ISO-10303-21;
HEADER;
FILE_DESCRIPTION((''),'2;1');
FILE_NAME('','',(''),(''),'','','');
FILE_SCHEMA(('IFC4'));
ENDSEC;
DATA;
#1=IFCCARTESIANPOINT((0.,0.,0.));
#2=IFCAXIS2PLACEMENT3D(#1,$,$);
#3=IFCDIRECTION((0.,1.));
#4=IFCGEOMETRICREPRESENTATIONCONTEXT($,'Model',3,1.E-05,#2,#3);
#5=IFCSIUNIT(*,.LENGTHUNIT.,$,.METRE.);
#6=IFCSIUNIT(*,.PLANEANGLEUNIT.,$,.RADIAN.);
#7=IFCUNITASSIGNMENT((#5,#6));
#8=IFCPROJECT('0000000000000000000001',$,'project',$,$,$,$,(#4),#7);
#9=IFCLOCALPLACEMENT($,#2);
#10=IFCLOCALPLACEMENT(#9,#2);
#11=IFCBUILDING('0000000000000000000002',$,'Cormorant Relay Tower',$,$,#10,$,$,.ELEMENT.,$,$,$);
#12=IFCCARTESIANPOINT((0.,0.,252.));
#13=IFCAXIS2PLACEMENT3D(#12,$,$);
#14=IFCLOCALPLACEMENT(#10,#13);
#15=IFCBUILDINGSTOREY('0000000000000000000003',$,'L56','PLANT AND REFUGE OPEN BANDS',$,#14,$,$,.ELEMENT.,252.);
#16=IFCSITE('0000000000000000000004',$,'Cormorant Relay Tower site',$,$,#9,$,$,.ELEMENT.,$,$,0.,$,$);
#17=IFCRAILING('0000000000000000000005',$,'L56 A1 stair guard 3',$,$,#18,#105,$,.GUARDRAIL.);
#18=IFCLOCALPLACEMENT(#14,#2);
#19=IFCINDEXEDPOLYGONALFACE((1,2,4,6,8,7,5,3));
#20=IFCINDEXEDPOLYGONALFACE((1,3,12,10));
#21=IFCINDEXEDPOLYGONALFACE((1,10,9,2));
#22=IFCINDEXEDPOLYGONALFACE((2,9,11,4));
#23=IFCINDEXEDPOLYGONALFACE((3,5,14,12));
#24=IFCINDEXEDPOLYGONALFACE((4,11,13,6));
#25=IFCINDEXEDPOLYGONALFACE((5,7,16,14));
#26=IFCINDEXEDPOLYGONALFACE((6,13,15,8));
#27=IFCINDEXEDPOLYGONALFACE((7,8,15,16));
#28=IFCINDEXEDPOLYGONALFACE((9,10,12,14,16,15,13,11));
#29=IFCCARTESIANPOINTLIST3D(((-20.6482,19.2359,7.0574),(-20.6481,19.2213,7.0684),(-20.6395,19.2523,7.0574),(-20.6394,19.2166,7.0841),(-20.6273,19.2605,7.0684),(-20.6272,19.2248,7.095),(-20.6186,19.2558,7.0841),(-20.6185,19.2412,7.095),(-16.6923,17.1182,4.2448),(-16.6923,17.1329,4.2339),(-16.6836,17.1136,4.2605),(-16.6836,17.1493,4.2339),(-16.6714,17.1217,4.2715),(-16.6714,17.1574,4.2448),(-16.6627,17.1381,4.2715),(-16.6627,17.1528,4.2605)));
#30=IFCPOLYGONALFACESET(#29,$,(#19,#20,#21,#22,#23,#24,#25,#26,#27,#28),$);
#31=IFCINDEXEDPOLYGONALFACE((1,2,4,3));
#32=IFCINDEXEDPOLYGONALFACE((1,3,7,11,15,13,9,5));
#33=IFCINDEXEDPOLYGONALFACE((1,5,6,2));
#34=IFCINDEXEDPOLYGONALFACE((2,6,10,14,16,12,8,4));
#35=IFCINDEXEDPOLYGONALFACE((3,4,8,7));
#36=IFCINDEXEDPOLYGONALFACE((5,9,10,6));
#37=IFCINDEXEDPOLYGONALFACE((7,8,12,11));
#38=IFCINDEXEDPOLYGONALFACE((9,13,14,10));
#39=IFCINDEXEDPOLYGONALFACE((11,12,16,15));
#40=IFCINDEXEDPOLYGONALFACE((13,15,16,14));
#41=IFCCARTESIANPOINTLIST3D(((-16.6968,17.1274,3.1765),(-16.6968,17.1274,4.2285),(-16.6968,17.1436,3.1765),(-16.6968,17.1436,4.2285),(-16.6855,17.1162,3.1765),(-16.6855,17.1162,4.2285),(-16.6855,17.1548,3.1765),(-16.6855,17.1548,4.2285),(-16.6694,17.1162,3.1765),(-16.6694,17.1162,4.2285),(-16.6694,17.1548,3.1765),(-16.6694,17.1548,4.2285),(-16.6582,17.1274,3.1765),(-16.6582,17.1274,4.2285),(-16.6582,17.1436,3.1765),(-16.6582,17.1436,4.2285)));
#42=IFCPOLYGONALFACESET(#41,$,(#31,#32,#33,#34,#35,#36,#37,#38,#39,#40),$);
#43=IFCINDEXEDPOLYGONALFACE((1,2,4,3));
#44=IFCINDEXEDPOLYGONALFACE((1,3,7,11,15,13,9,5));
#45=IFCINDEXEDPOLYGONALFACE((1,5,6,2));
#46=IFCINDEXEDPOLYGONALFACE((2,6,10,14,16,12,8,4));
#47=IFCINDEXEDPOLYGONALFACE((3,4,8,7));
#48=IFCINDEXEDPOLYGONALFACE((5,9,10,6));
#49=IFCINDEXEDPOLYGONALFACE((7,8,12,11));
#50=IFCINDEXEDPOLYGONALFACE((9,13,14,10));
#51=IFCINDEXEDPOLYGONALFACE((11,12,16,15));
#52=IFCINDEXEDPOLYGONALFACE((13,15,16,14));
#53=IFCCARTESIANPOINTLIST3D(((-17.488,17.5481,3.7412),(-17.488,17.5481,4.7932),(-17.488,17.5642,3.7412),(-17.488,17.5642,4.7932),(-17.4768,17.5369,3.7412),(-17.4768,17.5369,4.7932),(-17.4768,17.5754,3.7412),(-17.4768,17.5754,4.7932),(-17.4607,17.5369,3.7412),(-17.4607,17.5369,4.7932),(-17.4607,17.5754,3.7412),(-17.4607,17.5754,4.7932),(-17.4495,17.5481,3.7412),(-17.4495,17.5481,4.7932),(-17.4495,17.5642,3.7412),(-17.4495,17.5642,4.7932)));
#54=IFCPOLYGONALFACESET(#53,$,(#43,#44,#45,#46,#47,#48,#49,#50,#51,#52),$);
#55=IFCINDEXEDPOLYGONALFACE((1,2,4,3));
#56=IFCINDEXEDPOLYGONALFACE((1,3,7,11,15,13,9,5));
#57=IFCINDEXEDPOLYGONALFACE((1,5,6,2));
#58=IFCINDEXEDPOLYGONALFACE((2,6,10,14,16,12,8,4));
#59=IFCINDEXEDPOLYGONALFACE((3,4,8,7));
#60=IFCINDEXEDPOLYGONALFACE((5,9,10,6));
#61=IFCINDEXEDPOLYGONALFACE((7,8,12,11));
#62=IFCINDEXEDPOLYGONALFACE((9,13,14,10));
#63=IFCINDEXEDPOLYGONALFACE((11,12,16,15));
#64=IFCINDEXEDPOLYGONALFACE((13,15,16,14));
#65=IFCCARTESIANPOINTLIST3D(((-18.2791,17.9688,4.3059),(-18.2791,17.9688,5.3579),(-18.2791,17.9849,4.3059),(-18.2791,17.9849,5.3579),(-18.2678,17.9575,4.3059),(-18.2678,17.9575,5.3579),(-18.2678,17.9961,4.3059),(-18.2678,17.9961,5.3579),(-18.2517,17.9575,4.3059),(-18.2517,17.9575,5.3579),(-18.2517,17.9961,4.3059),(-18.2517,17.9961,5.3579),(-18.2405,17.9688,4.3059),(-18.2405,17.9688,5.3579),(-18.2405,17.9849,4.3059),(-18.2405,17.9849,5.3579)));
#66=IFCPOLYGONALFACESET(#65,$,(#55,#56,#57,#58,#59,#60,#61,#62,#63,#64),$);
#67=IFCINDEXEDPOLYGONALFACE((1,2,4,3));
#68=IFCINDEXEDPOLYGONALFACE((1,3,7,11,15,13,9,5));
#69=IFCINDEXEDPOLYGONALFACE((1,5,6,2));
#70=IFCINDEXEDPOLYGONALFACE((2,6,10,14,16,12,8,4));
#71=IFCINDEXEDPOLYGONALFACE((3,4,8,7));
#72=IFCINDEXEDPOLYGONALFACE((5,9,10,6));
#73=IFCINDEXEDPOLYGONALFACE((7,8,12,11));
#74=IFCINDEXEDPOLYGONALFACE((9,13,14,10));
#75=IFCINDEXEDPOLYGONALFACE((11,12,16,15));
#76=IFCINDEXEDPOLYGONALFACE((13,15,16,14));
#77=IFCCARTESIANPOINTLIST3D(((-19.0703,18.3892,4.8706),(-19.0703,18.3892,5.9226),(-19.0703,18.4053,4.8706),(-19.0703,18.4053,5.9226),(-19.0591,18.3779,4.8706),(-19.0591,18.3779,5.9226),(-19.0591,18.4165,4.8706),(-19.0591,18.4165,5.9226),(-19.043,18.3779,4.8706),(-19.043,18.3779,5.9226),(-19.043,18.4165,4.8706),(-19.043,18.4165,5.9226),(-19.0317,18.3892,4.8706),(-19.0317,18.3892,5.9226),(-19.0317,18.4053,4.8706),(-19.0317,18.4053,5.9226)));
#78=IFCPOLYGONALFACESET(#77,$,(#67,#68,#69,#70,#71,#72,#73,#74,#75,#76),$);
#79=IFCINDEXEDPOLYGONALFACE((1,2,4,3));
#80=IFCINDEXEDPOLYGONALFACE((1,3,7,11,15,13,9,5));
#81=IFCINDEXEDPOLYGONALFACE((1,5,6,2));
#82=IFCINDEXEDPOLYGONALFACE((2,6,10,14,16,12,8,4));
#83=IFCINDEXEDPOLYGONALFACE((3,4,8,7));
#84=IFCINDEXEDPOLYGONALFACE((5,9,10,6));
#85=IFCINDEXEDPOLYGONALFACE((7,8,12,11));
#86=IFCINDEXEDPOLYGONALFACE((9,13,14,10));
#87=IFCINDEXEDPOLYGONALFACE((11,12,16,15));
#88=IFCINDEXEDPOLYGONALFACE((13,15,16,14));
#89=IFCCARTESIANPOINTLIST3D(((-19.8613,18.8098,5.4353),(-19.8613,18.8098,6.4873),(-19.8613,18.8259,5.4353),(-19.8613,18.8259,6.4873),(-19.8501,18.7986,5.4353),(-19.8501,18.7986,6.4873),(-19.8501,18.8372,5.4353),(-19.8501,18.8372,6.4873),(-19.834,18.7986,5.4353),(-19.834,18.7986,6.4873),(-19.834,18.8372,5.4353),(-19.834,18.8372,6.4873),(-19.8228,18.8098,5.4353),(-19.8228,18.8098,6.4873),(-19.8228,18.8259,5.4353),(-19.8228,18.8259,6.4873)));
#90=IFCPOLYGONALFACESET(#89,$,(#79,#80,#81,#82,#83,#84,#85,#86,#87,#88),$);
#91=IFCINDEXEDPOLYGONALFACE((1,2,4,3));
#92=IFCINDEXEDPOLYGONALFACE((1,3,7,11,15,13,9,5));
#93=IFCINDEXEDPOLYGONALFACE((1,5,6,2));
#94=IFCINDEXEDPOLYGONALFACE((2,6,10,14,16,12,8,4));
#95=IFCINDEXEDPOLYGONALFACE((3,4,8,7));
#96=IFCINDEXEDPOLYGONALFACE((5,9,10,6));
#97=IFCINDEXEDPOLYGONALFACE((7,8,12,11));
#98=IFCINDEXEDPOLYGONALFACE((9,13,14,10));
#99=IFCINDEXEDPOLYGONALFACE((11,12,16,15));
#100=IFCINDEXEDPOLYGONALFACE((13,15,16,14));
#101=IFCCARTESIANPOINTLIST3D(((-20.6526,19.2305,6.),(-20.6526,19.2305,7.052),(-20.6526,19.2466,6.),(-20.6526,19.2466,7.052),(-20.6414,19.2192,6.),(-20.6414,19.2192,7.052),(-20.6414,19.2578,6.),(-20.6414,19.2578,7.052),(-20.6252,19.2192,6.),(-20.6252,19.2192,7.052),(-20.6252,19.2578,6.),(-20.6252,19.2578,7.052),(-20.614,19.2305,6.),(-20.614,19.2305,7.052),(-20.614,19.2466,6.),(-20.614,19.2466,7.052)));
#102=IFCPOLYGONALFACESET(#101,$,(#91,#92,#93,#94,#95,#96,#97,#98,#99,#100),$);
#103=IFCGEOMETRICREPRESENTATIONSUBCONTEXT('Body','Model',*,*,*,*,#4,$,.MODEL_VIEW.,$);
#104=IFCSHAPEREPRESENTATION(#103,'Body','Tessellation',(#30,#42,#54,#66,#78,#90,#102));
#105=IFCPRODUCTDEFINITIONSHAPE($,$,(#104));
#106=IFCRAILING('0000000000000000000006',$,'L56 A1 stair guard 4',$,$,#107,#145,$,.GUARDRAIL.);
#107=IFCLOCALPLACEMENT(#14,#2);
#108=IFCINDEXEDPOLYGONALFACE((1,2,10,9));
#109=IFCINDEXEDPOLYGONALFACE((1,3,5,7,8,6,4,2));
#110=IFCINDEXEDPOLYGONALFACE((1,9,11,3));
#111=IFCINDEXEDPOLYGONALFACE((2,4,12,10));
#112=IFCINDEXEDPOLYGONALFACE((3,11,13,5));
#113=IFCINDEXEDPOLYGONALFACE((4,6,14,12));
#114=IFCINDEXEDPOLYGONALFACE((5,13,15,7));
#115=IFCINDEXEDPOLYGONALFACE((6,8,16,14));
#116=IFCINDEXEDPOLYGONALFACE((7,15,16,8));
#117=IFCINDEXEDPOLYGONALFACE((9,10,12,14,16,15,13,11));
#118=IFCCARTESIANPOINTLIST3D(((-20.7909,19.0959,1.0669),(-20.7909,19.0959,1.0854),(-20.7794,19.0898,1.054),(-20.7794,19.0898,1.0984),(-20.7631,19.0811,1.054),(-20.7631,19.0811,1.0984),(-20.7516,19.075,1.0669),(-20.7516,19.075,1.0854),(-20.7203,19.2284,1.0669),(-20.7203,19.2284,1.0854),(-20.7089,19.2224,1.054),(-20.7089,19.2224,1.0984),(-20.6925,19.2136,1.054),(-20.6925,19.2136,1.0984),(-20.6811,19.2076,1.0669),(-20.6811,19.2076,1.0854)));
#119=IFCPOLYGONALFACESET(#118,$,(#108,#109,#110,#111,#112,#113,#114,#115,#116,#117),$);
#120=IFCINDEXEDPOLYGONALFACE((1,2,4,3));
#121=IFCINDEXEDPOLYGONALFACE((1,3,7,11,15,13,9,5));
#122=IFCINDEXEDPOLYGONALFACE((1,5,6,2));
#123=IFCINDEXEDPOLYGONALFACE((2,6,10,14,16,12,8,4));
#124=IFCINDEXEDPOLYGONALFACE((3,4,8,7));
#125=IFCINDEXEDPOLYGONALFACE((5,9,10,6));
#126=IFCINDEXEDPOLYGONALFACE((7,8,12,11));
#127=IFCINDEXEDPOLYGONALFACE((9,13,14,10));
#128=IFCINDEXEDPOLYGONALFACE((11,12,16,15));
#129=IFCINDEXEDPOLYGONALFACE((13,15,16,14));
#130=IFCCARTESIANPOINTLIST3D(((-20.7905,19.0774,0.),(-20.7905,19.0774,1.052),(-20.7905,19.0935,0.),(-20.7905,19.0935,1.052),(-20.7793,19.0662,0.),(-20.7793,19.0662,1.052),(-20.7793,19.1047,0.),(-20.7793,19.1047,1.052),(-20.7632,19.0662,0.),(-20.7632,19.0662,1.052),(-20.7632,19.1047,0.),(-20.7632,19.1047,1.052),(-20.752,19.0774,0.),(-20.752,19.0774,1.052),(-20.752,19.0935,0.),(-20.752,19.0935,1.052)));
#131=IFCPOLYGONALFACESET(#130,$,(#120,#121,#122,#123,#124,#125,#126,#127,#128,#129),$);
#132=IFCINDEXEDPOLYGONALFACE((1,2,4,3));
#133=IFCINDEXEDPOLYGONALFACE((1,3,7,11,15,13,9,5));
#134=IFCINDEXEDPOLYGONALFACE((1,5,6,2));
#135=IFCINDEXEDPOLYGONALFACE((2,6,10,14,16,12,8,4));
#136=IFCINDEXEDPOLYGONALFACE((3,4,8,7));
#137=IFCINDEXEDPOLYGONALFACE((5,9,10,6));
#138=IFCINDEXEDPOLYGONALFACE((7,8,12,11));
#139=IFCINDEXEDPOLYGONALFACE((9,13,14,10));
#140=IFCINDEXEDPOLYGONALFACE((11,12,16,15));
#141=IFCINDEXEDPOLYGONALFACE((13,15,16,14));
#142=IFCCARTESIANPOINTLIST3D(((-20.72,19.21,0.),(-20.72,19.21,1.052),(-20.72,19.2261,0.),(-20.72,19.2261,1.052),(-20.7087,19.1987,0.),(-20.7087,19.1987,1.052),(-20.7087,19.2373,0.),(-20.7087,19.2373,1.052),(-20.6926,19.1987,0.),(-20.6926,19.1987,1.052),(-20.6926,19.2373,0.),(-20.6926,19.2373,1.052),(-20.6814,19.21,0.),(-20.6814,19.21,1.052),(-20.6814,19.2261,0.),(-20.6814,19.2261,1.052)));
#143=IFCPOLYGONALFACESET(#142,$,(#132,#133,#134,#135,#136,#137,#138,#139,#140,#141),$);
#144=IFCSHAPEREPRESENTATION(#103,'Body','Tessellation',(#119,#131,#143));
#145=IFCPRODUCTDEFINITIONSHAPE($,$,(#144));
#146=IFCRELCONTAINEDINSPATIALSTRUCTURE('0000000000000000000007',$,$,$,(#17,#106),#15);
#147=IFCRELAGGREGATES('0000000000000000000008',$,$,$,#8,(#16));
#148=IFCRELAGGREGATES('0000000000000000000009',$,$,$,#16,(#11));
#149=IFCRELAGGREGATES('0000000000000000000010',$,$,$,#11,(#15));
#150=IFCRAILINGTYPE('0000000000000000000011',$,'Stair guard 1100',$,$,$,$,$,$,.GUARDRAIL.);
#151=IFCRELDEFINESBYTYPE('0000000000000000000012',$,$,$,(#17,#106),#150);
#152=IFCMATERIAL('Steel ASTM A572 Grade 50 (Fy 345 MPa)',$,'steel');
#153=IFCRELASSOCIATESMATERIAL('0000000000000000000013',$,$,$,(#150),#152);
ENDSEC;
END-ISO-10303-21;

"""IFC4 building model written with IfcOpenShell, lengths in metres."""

from ifc_helpers import new_model, si_unit, direction, frame, origin, place, context, subcontext, project, spatial, polyline, outline, extrude, material, type_object, element, save


model = new_model("IFC4")

# Units and contexts
model_context = context("Model", 3, precision=1e-05, world=origin(), true_north=direction((0.0, 1.0)))
body_context = subcontext(model_context, "Body", "Model", "MODEL_VIEW")
ifc_project = project(units=[si_unit("LENGTHUNIT", "METRE"), si_unit("PLANEANGLEUNIT", "RADIAN")], contexts=[model_context])

# Site, building, storey
site_placement = place(None, origin())
site = spatial("IfcSite", under=ifc_project, at=site_placement, Name="Cormorant Relay Tower site", CompositionType="ELEMENT", RefElevation=0.0)
building_placement = place(site_placement, origin())
building = spatial("IfcBuilding", under=site, at=building_placement, Name="Cormorant Relay Tower", CompositionType="ELEMENT")
storey_placement = place(building_placement, frame((0.0, 0.0, 252.0)))
storey = spatial("IfcBuildingStorey", under=building, at=storey_placement, Name="L56", Description="PLANT AND REFUGE OPEN BANDS", CompositionType="ELEMENT", Elevation=252.0)

# Railings
ifc_material_1 = material(Name="Steel ASTM A572 Grade 50 (Fy 345 MPa)", Category="steel")
railing_type_1 = type_object("IfcRailingType", Name="Stair guard 1100", PredefinedType="GUARDRAIL", material=ifc_material_1)
railing_1_placement = place(storey_placement, frame((-16.6775, 17.1355, 3.1765)))
element("IfcRailing", 1, at=railing_1_placement, inside=storey, type_object=railing_type_1, Name="L56 A1 stair guard 3", PredefinedType="GUARDRAIL", context=body_context, shape_type="SweptSolid", body=[
    extrude(outline(polyline([(0.0222, 0.0093), (0.0093, 0.0222), (-0.0093, 0.0222), (-0.0222, 0.0093), (-0.0222, -0.0093), (-0.0093, -0.0222), (0.0093, -0.0222), (0.0222, -0.0093), (0.0222, 0.0093)])), frame((0.0, 0.0, 1.0762), z_axis=(-0.747001, 0.397128, 0.533177), x_axis=(-0.469417, -0.882977, 0.0)), (0.0, 0.0, 1.0), 5.2957),
    extrude(outline(polyline([(0.0193, 0.0081), (0.0081, 0.0193), (-0.0081, 0.0193), (-0.0193, 0.0081), (-0.0193, -0.0081), (-0.0081, -0.0193), (0.0081, -0.0193), (0.0193, -0.0081), (0.0193, 0.0081)])), origin(), (0.0, 0.0, 1.0), 1.052),
    extrude(outline(polyline([(0.0193, 0.0081), (0.0081, 0.0193), (-0.0081, 0.0193), (-0.0193, 0.0081), (-0.0193, -0.0081), (-0.0081, -0.0193), (0.0081, -0.0193), (0.0193, -0.0081), (0.0193, 0.0081)])), frame((-0.7913, 0.4207, 0.5647)), (0.0, 0.0, 1.0), 1.052),
    extrude(outline(polyline([(0.0193, 0.0081), (0.0081, 0.0193), (-0.0081, 0.0193), (-0.0193, 0.0081), (-0.0193, -0.0081), (-0.0081, -0.0193), (0.0081, -0.0193), (0.0193, -0.0081), (0.0193, 0.0081)])), frame((-1.5823, 0.8413, 1.1294)), (0.0, 0.0, 1.0), 1.052),
    extrude(outline(polyline([(0.0193, 0.0081), (0.0081, 0.0193), (-0.0081, 0.0193), (-0.0193, 0.0081), (-0.0193, -0.0081), (-0.0081, -0.0193), (0.0081, -0.0193), (0.0193, -0.0081), (0.0193, 0.0081)])), frame((-2.3735, 1.2617, 1.6941)), (0.0, 0.0, 1.0), 1.052),
    extrude(outline(polyline([(0.0193, 0.0081), (0.0081, 0.0193), (-0.0081, 0.0193), (-0.0193, 0.0081), (-0.0193, -0.0081), (-0.0081, -0.0193), (0.0081, -0.0193), (0.0193, -0.0081), (0.0193, 0.0081)])), frame((-3.1646, 1.6824, 2.2588)), (0.0, 0.0, 1.0), 1.052),
    extrude(outline(polyline([(0.0193, 0.0081), (0.0081, 0.0193), (-0.0081, 0.0193), (-0.0193, 0.0081), (-0.0193, -0.0081), (-0.0081, -0.0193), (0.0081, -0.0193), (0.0193, -0.0081), (0.0193, 0.0081)])), frame((-3.9558, 2.103, 2.8235)), (0.0, 0.0, 1.0), 1.052),
])
railing_2_placement = place(storey_placement, frame((-20.7712, 19.0854, 0.0)))
element("IfcRailing", 2, at=railing_2_placement, inside=storey, type_object=railing_type_1, Name="L56 A1 stair guard 4", PredefinedType="GUARDRAIL", context=body_context, shape_type="SweptSolid", body=[
    extrude(outline(polyline([(0.0222, 0.0093), (0.0093, 0.0222), (-0.0093, 0.0222), (-0.0222, 0.0093), (-0.0222, -0.0093), (-0.0093, -0.0222), (0.0093, -0.0222), (0.0222, -0.0093), (0.0222, 0.0093)])), frame((0.0, 0.0, 1.0762), z_axis=(0.469829, 0.882758, 0.0), x_axis=(-0.882758, 0.469829, 0.0)), (0.0, 0.0, 1.0), 0.1501),
    extrude(outline(polyline([(0.0193, 0.0081), (0.0081, 0.0193), (-0.0081, 0.0193), (-0.0193, 0.0081), (-0.0193, -0.0081), (-0.0081, -0.0193), (0.0081, -0.0193), (0.0193, -0.0081), (0.0193, 0.0081)])), origin(), (0.0, 0.0, 1.0), 1.052),
    extrude(outline(polyline([(0.0193, 0.0081), (0.0081, 0.0193), (-0.0081, 0.0193), (-0.0193, 0.0081), (-0.0193, -0.0081), (-0.0081, -0.0193), (0.0081, -0.0193), (0.0193, -0.0081), (0.0193, 0.0081)])), frame((0.0706, 0.1326, 0.0)), (0.0, 0.0, 1.0), 1.052),
])

save(model, "model.ifc")
